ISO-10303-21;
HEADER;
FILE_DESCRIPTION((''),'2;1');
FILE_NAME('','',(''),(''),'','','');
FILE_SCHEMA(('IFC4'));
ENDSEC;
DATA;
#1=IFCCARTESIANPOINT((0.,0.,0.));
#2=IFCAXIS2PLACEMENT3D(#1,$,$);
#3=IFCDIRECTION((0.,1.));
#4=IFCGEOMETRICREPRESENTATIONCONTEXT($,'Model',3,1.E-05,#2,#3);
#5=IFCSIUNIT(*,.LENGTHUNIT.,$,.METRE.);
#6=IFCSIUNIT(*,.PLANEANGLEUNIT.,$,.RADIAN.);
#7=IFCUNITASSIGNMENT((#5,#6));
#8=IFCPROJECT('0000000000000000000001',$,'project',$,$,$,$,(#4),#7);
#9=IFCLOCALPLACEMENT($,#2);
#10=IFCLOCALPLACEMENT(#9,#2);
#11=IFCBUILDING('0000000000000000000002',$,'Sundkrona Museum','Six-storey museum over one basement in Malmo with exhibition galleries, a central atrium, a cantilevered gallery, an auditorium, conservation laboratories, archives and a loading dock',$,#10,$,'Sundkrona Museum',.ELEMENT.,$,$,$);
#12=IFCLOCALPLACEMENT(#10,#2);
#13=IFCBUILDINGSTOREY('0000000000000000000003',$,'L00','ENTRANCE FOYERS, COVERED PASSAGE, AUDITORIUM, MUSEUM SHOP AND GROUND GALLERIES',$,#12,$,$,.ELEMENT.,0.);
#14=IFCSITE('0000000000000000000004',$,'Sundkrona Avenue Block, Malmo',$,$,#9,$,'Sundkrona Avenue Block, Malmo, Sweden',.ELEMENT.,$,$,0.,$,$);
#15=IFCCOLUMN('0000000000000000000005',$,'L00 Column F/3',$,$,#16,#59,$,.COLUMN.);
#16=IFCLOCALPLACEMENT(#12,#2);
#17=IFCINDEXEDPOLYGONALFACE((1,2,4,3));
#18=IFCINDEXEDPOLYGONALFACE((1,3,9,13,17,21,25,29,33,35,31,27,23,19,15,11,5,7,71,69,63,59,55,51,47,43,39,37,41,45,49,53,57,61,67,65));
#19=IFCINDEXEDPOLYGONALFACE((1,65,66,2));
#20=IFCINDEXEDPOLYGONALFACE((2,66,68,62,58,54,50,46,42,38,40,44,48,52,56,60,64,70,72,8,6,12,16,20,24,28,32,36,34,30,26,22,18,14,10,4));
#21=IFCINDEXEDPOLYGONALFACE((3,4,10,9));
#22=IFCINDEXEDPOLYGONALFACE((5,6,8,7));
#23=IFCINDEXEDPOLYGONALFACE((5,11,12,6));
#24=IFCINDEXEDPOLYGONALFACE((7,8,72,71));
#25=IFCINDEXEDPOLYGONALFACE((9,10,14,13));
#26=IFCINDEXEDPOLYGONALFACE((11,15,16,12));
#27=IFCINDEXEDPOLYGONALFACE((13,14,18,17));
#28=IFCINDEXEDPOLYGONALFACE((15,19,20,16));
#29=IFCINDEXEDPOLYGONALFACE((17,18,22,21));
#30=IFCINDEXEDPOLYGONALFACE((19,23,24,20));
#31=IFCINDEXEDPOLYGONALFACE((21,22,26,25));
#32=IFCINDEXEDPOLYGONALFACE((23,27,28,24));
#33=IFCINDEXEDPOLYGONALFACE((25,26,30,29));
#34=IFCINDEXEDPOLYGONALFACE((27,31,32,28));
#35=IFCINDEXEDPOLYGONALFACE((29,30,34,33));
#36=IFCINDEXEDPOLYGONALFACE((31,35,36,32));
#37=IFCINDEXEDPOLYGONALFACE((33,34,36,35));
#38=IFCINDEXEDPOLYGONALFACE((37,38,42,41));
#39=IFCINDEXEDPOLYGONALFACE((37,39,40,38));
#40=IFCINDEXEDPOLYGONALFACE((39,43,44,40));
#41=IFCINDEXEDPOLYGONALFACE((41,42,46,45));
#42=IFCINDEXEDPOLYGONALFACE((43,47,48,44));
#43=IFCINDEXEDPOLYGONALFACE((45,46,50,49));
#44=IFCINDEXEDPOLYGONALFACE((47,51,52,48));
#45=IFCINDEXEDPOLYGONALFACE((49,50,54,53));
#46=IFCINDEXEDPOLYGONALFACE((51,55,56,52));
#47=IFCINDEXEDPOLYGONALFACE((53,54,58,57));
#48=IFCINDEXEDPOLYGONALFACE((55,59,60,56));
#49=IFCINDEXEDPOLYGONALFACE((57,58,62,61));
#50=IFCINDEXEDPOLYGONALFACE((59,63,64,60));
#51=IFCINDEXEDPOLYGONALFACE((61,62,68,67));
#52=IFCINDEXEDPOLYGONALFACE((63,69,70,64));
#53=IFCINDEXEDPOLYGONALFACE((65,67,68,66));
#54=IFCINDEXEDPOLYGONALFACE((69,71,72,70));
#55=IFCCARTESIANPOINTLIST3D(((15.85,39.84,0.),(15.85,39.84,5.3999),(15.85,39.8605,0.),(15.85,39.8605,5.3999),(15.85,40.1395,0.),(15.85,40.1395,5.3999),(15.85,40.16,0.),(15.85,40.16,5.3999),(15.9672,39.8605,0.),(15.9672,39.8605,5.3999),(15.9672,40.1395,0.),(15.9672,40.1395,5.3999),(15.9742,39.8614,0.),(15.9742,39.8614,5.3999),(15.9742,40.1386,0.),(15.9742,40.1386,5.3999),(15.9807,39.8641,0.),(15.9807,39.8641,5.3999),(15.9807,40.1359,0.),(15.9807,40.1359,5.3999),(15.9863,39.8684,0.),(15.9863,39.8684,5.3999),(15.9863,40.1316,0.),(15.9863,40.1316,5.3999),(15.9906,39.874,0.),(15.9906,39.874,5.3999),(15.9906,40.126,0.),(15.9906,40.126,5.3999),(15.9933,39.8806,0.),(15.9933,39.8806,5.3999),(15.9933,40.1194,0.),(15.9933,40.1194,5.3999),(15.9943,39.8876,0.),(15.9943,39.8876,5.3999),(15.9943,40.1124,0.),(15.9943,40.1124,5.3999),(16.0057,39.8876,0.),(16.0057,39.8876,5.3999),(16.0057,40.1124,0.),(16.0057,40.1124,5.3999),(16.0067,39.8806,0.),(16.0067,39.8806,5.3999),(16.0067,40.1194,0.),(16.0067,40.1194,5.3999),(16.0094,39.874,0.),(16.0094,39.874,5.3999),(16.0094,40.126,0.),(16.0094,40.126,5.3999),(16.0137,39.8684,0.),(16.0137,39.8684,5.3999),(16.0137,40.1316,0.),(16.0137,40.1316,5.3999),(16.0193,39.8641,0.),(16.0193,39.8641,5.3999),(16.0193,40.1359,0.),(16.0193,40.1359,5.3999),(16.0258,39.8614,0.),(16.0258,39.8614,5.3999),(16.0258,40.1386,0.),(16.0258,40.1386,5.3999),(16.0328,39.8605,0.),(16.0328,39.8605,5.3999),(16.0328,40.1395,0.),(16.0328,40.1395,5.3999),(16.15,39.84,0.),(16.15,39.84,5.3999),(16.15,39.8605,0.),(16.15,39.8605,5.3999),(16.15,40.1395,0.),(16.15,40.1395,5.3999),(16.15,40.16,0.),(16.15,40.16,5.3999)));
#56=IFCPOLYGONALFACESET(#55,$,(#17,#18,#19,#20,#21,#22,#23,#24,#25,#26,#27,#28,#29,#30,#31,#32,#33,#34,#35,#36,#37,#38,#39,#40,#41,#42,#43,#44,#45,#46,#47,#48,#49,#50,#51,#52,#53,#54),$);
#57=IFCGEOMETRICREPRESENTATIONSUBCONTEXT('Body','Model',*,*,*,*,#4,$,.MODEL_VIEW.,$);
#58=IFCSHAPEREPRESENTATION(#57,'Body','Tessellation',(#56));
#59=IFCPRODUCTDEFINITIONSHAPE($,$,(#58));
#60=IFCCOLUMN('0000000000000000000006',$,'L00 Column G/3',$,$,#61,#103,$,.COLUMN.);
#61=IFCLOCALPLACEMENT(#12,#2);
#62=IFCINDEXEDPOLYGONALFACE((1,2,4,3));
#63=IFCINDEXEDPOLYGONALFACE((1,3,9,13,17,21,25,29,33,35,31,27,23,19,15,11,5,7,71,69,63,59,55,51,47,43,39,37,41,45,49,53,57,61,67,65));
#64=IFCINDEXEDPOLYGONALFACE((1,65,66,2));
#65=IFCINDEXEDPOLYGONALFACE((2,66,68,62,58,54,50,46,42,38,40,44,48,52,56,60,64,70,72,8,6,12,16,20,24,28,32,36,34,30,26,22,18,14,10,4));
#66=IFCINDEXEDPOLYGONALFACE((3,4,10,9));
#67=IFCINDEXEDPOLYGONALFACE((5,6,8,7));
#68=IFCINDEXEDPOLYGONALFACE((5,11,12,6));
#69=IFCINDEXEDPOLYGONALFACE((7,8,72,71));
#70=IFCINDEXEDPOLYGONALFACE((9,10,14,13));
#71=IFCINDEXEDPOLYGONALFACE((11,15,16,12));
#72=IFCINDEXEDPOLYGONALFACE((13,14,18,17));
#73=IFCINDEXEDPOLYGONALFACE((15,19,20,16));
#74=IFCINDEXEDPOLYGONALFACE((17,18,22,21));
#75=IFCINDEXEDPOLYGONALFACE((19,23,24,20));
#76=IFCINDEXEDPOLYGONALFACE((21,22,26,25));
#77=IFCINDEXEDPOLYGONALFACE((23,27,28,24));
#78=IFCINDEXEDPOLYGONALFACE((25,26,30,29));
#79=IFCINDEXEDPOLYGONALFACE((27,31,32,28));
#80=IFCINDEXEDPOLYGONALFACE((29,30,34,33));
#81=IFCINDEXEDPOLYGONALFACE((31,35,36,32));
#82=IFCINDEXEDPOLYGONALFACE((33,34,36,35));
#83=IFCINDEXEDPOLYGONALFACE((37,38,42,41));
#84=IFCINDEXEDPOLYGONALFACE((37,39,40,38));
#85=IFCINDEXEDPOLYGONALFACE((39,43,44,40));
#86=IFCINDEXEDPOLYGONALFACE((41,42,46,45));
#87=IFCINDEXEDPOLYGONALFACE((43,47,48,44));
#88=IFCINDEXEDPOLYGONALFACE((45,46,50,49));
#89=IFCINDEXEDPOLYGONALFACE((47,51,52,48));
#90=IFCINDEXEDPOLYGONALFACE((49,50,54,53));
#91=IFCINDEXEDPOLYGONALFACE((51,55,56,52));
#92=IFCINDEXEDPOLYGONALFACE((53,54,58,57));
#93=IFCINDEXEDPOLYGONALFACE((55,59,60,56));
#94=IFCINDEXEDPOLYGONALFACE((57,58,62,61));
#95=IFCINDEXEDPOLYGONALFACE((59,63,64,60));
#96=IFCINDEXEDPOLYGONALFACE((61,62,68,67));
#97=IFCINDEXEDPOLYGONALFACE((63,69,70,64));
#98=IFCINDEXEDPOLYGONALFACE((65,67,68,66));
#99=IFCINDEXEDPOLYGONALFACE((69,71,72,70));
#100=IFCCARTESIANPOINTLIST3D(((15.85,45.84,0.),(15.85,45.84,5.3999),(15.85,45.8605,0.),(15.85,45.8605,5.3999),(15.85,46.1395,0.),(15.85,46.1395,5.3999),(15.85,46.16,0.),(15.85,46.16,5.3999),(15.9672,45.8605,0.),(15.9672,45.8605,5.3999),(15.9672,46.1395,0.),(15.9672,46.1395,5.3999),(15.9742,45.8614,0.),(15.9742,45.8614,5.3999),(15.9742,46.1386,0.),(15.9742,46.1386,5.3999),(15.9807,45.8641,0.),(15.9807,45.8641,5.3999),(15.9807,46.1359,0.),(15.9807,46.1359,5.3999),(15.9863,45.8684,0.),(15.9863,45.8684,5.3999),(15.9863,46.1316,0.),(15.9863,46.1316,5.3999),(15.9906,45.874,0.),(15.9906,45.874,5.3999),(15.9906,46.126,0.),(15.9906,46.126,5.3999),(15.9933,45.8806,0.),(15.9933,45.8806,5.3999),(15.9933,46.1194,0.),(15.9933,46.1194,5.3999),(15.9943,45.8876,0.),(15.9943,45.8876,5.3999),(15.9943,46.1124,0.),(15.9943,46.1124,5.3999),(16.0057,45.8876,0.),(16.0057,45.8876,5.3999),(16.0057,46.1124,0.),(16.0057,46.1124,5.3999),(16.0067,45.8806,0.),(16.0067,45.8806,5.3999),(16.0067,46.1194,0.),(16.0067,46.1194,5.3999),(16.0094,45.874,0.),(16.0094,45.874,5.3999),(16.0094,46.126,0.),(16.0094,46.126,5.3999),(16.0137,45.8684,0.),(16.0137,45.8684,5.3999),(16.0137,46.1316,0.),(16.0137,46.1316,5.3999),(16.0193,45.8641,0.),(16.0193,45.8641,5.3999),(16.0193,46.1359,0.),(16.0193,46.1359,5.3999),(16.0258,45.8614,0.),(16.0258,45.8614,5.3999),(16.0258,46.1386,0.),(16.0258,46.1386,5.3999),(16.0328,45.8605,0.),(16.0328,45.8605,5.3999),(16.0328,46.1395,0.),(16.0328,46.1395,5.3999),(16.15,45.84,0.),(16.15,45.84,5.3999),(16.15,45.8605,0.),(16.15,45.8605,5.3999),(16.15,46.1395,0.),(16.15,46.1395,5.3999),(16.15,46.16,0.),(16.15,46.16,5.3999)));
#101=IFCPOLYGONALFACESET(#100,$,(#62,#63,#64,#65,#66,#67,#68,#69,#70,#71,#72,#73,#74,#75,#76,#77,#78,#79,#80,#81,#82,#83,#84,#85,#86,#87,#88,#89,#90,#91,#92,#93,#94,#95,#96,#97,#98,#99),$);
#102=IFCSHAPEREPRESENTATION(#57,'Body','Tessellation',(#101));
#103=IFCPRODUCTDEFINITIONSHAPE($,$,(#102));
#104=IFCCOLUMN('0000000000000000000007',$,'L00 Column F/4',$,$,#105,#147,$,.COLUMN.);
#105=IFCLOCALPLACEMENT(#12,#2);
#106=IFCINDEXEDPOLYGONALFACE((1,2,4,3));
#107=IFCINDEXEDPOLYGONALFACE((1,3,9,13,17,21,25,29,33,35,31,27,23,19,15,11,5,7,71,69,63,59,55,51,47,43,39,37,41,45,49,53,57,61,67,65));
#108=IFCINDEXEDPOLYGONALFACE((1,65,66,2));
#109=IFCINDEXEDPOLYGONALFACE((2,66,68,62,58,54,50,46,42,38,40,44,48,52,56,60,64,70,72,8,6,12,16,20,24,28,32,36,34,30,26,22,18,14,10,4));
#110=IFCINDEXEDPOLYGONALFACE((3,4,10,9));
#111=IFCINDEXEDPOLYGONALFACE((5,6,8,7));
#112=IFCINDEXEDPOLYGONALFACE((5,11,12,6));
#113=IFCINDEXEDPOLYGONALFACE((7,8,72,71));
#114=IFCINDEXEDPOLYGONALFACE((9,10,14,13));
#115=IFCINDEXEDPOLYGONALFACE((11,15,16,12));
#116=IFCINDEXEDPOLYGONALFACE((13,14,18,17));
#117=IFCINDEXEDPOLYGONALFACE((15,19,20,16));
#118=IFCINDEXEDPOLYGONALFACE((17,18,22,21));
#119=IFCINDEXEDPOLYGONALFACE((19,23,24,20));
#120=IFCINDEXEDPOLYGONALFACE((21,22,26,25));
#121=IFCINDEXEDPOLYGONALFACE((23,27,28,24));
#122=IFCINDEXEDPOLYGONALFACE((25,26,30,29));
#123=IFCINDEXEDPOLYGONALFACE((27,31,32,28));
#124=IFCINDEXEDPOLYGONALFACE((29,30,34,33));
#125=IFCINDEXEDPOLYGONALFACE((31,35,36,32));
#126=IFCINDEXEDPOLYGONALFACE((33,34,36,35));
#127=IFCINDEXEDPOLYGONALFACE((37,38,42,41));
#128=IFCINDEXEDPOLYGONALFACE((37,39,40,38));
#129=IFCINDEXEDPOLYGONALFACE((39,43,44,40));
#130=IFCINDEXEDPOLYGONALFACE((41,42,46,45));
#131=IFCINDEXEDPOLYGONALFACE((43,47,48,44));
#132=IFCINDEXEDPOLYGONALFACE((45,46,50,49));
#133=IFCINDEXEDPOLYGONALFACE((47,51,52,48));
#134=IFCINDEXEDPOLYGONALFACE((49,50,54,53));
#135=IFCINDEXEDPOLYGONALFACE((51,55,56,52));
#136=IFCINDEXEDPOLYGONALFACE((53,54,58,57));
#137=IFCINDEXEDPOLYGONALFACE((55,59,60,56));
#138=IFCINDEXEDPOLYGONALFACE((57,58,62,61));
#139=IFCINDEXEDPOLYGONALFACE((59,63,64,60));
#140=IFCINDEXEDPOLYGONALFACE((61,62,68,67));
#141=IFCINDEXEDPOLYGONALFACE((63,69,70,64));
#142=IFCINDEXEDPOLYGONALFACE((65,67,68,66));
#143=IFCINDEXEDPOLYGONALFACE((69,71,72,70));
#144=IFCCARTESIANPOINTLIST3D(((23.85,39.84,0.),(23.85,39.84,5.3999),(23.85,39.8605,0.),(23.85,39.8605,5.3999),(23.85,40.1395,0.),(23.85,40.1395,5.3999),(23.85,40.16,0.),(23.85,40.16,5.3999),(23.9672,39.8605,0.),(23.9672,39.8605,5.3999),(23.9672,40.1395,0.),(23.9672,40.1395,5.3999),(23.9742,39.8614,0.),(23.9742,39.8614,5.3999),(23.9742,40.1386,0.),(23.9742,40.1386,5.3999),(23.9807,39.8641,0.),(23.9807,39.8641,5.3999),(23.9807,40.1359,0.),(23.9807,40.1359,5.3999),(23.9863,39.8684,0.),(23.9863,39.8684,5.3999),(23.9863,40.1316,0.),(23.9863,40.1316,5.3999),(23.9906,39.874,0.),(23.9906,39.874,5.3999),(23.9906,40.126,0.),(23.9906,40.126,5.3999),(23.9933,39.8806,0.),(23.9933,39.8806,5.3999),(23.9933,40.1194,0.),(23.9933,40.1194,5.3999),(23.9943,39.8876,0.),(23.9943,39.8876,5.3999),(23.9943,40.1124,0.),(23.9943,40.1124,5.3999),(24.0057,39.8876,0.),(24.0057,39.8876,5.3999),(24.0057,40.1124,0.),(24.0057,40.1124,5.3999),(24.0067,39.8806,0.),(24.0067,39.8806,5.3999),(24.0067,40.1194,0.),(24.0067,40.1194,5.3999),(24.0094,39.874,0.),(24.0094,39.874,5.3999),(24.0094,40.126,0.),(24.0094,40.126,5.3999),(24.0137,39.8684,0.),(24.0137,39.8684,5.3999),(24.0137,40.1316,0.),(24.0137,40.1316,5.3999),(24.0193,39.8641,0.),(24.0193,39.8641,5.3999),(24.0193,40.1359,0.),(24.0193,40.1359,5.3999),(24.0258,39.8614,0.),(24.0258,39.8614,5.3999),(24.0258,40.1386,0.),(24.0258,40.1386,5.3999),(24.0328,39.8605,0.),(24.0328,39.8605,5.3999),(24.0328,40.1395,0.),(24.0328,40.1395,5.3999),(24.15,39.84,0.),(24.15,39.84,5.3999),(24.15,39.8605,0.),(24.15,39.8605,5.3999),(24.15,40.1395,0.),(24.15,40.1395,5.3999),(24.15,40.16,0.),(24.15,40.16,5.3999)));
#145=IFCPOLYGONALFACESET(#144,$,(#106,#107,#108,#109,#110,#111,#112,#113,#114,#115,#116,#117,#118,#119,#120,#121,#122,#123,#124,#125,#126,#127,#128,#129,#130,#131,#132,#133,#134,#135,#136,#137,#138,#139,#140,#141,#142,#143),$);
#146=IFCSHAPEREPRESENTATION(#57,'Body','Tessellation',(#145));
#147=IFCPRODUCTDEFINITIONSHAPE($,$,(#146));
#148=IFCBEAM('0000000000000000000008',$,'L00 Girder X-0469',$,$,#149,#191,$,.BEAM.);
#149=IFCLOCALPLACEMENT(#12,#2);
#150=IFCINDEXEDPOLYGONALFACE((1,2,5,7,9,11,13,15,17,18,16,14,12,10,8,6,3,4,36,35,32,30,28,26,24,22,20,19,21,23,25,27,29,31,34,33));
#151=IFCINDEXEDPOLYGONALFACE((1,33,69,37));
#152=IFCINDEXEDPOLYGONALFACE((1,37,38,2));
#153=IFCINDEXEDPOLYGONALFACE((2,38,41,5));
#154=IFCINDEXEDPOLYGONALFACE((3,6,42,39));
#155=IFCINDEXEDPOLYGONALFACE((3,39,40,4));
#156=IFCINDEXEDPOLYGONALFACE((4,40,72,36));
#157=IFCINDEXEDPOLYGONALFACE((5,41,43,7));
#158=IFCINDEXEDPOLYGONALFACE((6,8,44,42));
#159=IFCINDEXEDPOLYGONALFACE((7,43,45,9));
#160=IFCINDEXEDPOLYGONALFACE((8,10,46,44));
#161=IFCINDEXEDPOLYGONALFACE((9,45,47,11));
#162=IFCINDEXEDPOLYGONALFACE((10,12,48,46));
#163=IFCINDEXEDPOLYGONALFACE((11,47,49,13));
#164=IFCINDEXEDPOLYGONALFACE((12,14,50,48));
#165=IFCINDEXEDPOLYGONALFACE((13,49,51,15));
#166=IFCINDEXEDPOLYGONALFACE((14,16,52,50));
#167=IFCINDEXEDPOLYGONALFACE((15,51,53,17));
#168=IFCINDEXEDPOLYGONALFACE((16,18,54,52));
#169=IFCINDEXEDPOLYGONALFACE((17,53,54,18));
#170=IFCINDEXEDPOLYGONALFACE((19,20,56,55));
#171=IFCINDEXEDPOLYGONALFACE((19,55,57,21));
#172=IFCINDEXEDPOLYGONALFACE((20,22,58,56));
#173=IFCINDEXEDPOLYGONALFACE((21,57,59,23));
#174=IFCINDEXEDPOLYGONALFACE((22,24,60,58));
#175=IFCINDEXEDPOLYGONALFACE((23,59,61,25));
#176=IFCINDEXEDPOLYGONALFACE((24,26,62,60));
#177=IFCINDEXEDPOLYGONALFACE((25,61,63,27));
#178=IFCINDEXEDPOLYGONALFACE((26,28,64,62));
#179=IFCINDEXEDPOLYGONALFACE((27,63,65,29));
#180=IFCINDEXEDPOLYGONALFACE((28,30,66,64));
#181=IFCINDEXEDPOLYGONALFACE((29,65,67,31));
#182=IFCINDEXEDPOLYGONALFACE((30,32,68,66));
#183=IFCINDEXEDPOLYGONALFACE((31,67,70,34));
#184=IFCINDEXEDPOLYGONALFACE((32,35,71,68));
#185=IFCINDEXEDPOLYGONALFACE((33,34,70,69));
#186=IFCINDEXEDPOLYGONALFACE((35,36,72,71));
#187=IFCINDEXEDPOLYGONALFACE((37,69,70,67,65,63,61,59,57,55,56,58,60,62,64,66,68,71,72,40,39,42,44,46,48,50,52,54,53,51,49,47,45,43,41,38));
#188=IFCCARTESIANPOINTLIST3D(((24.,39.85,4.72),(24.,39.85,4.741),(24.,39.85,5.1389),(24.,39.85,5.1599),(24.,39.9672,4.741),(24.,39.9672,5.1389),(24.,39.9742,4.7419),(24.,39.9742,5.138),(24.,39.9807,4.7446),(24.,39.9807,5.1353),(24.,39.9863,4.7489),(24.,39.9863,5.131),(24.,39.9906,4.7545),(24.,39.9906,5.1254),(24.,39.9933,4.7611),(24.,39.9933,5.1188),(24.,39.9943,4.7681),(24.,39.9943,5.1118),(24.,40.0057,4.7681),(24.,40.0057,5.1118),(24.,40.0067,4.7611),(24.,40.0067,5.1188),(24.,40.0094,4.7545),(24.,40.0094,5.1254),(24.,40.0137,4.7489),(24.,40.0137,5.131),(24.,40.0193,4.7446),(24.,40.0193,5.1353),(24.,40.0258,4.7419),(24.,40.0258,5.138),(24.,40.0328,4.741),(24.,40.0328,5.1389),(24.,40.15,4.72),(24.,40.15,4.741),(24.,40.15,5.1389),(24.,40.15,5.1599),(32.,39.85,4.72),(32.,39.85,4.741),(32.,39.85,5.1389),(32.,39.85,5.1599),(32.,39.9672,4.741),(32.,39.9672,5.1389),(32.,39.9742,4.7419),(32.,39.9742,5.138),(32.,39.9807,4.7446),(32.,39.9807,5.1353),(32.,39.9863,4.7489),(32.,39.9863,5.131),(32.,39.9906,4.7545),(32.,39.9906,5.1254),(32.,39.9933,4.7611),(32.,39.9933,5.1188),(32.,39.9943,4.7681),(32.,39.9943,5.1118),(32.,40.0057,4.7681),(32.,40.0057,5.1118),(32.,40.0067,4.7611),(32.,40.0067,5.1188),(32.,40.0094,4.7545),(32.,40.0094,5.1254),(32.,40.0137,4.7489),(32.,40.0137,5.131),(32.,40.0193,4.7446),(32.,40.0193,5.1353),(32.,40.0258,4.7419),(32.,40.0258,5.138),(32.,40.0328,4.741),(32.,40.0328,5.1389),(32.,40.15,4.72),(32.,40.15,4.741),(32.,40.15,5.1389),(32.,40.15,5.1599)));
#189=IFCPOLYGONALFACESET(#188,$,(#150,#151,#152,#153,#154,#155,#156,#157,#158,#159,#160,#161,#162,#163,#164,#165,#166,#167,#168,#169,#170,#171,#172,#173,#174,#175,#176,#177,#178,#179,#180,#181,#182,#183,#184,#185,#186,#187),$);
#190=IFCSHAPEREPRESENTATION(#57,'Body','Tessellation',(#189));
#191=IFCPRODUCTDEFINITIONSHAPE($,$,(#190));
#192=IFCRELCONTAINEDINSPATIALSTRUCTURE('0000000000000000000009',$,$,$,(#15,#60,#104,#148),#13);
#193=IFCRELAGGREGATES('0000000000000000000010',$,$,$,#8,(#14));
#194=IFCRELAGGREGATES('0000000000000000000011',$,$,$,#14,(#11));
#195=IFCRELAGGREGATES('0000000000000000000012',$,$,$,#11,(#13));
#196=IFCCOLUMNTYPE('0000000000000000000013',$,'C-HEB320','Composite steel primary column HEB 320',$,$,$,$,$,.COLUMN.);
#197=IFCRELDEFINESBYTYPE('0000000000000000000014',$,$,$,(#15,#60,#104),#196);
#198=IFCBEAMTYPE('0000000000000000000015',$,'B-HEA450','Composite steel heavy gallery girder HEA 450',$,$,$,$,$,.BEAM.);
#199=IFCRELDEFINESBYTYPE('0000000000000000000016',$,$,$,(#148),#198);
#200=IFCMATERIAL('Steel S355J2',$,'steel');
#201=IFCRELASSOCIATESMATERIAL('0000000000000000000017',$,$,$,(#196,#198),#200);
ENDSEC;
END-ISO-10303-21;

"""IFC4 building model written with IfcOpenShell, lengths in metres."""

from ifc_helpers import new_model, si_unit, direction, frame, origin, origin_2d, place, context, subcontext, project, spatial, i_section, extrude, material, material_profile, profile_set, type_object, element, save


model = new_model("IFC4")

# Units and contexts
model_context = context("Model", 3, precision=1e-05, world=origin(), true_north=direction((0.0, 1.0)))
body_context = subcontext(model_context, "Body", "Model", "MODEL_VIEW")
ifc_project = project(units=[si_unit("LENGTHUNIT", "METRE"), si_unit("PLANEANGLEUNIT", "RADIAN")], contexts=[model_context])

# Site, building, storey
site_placement = place(None, origin())
site = spatial("IfcSite", under=ifc_project, at=site_placement, Name="Sundkrona Avenue Block, Malmo", LongName="Sundkrona Avenue Block, Malmo, Sweden", CompositionType="ELEMENT", RefElevation=0.0)
building_placement = place(site_placement, origin())
building = spatial("IfcBuilding", under=site, at=building_placement, Name="Sundkrona Museum", Description="Six-storey museum over one basement in Malmo with exhibition galleries, a central atrium, a cantilevered gallery, an auditorium, conservation laboratories, archives and a loading dock", LongName="Sundkrona Museum", CompositionType="ELEMENT")
storey_placement = place(building_placement, origin())
storey = spatial("IfcBuildingStorey", under=building, at=storey_placement, Name="L00", Description="ENTRANCE FOYERS, COVERED PASSAGE, AUDITORIUM, MUSEUM SHOP AND GROUND GALLERIES", CompositionType="ELEMENT", Elevation=0.0)

# Columns
ifc_material_1 = material(Name="Steel S355J2", Category="steel")
ifc_material_profile_1 = material_profile(ifc_material_1, i_section(OverallWidth=0.3, OverallDepth=0.3201, WebThickness=0.0115, FlangeThickness=0.0205, FilletRadius=0.0271, at=origin_2d()), Name="HEB 320")
ifc_profile_set_1 = profile_set([ifc_material_profile_1], Name="Steel S355J2")
column_type = type_object("IfcColumnType", Name="C-HEB320", Description="Composite steel primary column HEB 320", PredefinedType="COLUMN", material=ifc_profile_set_1)
for number, where, z_axis, x_axis, name in (
    (1, (16.0, 40.0, 0.0), (0.0, 0.0, 1.0), (1.0, 0.0, 0.0), "L00 Column F/3"),
    (2, (16.0, 46.0, 0.0), (0.0, 0.0, 1.0), (1.0, 0.0, 0.0), "L00 Column G/3"),
    (3, (24.0, 40.0, 0.0), (0.0, 0.0, 1.0), (1.0, 0.0, 0.0), "L00 Column F/4"),
):
    element("IfcColumn", number, at=place(storey_placement, frame(where, z_axis=z_axis, x_axis=x_axis)), inside=storey, type_object=column_type, Name=name, PredefinedType="COLUMN", context=body_context, shape_type="SweptSolid", body=[
        extrude(i_section(OverallWidth=0.3, OverallDepth=0.3201, WebThickness=0.0115, FlangeThickness=0.0205, FilletRadius=0.0271, at=origin_2d()), origin(), (0.0, 0.0, 1.0), 5.3999),
    ])

# Beam
ifc_material_profile_2 = material_profile(ifc_material_1, i_section(OverallWidth=0.3, OverallDepth=0.4399, WebThickness=0.0115, FlangeThickness=0.021, FilletRadius=0.0271, at=origin_2d()), Name="HEA 450")
ifc_profile_set_2 = profile_set([ifc_material_profile_2], Name="Steel S355J2")
beam_type_1 = type_object("IfcBeamType", Name="B-HEA450", Description="Composite steel heavy gallery girder HEA 450", PredefinedType="BEAM", material=ifc_profile_set_2)
for number, where, z_axis, x_axis, name in (
    (4, (24.0, 40.0, 4.9399), (1.0, 0.0, 0.0), (0.0, 1.0, 0.0), "L00 Girder X-0469"),
):
    element("IfcBeam", number, at=place(storey_placement, frame(where, z_axis=z_axis, x_axis=x_axis)), inside=storey, type_object=beam_type_1, Name=name, PredefinedType="BEAM", context=body_context, shape_type="SweptSolid", body=[
        extrude(i_section(OverallWidth=0.3, OverallDepth=0.4399, WebThickness=0.0115, FlangeThickness=0.021, FilletRadius=0.0271, at=origin_2d()), origin(), (0.0, 0.0, 1.0), 8.0),
    ])

save(model, "model.ifc")
